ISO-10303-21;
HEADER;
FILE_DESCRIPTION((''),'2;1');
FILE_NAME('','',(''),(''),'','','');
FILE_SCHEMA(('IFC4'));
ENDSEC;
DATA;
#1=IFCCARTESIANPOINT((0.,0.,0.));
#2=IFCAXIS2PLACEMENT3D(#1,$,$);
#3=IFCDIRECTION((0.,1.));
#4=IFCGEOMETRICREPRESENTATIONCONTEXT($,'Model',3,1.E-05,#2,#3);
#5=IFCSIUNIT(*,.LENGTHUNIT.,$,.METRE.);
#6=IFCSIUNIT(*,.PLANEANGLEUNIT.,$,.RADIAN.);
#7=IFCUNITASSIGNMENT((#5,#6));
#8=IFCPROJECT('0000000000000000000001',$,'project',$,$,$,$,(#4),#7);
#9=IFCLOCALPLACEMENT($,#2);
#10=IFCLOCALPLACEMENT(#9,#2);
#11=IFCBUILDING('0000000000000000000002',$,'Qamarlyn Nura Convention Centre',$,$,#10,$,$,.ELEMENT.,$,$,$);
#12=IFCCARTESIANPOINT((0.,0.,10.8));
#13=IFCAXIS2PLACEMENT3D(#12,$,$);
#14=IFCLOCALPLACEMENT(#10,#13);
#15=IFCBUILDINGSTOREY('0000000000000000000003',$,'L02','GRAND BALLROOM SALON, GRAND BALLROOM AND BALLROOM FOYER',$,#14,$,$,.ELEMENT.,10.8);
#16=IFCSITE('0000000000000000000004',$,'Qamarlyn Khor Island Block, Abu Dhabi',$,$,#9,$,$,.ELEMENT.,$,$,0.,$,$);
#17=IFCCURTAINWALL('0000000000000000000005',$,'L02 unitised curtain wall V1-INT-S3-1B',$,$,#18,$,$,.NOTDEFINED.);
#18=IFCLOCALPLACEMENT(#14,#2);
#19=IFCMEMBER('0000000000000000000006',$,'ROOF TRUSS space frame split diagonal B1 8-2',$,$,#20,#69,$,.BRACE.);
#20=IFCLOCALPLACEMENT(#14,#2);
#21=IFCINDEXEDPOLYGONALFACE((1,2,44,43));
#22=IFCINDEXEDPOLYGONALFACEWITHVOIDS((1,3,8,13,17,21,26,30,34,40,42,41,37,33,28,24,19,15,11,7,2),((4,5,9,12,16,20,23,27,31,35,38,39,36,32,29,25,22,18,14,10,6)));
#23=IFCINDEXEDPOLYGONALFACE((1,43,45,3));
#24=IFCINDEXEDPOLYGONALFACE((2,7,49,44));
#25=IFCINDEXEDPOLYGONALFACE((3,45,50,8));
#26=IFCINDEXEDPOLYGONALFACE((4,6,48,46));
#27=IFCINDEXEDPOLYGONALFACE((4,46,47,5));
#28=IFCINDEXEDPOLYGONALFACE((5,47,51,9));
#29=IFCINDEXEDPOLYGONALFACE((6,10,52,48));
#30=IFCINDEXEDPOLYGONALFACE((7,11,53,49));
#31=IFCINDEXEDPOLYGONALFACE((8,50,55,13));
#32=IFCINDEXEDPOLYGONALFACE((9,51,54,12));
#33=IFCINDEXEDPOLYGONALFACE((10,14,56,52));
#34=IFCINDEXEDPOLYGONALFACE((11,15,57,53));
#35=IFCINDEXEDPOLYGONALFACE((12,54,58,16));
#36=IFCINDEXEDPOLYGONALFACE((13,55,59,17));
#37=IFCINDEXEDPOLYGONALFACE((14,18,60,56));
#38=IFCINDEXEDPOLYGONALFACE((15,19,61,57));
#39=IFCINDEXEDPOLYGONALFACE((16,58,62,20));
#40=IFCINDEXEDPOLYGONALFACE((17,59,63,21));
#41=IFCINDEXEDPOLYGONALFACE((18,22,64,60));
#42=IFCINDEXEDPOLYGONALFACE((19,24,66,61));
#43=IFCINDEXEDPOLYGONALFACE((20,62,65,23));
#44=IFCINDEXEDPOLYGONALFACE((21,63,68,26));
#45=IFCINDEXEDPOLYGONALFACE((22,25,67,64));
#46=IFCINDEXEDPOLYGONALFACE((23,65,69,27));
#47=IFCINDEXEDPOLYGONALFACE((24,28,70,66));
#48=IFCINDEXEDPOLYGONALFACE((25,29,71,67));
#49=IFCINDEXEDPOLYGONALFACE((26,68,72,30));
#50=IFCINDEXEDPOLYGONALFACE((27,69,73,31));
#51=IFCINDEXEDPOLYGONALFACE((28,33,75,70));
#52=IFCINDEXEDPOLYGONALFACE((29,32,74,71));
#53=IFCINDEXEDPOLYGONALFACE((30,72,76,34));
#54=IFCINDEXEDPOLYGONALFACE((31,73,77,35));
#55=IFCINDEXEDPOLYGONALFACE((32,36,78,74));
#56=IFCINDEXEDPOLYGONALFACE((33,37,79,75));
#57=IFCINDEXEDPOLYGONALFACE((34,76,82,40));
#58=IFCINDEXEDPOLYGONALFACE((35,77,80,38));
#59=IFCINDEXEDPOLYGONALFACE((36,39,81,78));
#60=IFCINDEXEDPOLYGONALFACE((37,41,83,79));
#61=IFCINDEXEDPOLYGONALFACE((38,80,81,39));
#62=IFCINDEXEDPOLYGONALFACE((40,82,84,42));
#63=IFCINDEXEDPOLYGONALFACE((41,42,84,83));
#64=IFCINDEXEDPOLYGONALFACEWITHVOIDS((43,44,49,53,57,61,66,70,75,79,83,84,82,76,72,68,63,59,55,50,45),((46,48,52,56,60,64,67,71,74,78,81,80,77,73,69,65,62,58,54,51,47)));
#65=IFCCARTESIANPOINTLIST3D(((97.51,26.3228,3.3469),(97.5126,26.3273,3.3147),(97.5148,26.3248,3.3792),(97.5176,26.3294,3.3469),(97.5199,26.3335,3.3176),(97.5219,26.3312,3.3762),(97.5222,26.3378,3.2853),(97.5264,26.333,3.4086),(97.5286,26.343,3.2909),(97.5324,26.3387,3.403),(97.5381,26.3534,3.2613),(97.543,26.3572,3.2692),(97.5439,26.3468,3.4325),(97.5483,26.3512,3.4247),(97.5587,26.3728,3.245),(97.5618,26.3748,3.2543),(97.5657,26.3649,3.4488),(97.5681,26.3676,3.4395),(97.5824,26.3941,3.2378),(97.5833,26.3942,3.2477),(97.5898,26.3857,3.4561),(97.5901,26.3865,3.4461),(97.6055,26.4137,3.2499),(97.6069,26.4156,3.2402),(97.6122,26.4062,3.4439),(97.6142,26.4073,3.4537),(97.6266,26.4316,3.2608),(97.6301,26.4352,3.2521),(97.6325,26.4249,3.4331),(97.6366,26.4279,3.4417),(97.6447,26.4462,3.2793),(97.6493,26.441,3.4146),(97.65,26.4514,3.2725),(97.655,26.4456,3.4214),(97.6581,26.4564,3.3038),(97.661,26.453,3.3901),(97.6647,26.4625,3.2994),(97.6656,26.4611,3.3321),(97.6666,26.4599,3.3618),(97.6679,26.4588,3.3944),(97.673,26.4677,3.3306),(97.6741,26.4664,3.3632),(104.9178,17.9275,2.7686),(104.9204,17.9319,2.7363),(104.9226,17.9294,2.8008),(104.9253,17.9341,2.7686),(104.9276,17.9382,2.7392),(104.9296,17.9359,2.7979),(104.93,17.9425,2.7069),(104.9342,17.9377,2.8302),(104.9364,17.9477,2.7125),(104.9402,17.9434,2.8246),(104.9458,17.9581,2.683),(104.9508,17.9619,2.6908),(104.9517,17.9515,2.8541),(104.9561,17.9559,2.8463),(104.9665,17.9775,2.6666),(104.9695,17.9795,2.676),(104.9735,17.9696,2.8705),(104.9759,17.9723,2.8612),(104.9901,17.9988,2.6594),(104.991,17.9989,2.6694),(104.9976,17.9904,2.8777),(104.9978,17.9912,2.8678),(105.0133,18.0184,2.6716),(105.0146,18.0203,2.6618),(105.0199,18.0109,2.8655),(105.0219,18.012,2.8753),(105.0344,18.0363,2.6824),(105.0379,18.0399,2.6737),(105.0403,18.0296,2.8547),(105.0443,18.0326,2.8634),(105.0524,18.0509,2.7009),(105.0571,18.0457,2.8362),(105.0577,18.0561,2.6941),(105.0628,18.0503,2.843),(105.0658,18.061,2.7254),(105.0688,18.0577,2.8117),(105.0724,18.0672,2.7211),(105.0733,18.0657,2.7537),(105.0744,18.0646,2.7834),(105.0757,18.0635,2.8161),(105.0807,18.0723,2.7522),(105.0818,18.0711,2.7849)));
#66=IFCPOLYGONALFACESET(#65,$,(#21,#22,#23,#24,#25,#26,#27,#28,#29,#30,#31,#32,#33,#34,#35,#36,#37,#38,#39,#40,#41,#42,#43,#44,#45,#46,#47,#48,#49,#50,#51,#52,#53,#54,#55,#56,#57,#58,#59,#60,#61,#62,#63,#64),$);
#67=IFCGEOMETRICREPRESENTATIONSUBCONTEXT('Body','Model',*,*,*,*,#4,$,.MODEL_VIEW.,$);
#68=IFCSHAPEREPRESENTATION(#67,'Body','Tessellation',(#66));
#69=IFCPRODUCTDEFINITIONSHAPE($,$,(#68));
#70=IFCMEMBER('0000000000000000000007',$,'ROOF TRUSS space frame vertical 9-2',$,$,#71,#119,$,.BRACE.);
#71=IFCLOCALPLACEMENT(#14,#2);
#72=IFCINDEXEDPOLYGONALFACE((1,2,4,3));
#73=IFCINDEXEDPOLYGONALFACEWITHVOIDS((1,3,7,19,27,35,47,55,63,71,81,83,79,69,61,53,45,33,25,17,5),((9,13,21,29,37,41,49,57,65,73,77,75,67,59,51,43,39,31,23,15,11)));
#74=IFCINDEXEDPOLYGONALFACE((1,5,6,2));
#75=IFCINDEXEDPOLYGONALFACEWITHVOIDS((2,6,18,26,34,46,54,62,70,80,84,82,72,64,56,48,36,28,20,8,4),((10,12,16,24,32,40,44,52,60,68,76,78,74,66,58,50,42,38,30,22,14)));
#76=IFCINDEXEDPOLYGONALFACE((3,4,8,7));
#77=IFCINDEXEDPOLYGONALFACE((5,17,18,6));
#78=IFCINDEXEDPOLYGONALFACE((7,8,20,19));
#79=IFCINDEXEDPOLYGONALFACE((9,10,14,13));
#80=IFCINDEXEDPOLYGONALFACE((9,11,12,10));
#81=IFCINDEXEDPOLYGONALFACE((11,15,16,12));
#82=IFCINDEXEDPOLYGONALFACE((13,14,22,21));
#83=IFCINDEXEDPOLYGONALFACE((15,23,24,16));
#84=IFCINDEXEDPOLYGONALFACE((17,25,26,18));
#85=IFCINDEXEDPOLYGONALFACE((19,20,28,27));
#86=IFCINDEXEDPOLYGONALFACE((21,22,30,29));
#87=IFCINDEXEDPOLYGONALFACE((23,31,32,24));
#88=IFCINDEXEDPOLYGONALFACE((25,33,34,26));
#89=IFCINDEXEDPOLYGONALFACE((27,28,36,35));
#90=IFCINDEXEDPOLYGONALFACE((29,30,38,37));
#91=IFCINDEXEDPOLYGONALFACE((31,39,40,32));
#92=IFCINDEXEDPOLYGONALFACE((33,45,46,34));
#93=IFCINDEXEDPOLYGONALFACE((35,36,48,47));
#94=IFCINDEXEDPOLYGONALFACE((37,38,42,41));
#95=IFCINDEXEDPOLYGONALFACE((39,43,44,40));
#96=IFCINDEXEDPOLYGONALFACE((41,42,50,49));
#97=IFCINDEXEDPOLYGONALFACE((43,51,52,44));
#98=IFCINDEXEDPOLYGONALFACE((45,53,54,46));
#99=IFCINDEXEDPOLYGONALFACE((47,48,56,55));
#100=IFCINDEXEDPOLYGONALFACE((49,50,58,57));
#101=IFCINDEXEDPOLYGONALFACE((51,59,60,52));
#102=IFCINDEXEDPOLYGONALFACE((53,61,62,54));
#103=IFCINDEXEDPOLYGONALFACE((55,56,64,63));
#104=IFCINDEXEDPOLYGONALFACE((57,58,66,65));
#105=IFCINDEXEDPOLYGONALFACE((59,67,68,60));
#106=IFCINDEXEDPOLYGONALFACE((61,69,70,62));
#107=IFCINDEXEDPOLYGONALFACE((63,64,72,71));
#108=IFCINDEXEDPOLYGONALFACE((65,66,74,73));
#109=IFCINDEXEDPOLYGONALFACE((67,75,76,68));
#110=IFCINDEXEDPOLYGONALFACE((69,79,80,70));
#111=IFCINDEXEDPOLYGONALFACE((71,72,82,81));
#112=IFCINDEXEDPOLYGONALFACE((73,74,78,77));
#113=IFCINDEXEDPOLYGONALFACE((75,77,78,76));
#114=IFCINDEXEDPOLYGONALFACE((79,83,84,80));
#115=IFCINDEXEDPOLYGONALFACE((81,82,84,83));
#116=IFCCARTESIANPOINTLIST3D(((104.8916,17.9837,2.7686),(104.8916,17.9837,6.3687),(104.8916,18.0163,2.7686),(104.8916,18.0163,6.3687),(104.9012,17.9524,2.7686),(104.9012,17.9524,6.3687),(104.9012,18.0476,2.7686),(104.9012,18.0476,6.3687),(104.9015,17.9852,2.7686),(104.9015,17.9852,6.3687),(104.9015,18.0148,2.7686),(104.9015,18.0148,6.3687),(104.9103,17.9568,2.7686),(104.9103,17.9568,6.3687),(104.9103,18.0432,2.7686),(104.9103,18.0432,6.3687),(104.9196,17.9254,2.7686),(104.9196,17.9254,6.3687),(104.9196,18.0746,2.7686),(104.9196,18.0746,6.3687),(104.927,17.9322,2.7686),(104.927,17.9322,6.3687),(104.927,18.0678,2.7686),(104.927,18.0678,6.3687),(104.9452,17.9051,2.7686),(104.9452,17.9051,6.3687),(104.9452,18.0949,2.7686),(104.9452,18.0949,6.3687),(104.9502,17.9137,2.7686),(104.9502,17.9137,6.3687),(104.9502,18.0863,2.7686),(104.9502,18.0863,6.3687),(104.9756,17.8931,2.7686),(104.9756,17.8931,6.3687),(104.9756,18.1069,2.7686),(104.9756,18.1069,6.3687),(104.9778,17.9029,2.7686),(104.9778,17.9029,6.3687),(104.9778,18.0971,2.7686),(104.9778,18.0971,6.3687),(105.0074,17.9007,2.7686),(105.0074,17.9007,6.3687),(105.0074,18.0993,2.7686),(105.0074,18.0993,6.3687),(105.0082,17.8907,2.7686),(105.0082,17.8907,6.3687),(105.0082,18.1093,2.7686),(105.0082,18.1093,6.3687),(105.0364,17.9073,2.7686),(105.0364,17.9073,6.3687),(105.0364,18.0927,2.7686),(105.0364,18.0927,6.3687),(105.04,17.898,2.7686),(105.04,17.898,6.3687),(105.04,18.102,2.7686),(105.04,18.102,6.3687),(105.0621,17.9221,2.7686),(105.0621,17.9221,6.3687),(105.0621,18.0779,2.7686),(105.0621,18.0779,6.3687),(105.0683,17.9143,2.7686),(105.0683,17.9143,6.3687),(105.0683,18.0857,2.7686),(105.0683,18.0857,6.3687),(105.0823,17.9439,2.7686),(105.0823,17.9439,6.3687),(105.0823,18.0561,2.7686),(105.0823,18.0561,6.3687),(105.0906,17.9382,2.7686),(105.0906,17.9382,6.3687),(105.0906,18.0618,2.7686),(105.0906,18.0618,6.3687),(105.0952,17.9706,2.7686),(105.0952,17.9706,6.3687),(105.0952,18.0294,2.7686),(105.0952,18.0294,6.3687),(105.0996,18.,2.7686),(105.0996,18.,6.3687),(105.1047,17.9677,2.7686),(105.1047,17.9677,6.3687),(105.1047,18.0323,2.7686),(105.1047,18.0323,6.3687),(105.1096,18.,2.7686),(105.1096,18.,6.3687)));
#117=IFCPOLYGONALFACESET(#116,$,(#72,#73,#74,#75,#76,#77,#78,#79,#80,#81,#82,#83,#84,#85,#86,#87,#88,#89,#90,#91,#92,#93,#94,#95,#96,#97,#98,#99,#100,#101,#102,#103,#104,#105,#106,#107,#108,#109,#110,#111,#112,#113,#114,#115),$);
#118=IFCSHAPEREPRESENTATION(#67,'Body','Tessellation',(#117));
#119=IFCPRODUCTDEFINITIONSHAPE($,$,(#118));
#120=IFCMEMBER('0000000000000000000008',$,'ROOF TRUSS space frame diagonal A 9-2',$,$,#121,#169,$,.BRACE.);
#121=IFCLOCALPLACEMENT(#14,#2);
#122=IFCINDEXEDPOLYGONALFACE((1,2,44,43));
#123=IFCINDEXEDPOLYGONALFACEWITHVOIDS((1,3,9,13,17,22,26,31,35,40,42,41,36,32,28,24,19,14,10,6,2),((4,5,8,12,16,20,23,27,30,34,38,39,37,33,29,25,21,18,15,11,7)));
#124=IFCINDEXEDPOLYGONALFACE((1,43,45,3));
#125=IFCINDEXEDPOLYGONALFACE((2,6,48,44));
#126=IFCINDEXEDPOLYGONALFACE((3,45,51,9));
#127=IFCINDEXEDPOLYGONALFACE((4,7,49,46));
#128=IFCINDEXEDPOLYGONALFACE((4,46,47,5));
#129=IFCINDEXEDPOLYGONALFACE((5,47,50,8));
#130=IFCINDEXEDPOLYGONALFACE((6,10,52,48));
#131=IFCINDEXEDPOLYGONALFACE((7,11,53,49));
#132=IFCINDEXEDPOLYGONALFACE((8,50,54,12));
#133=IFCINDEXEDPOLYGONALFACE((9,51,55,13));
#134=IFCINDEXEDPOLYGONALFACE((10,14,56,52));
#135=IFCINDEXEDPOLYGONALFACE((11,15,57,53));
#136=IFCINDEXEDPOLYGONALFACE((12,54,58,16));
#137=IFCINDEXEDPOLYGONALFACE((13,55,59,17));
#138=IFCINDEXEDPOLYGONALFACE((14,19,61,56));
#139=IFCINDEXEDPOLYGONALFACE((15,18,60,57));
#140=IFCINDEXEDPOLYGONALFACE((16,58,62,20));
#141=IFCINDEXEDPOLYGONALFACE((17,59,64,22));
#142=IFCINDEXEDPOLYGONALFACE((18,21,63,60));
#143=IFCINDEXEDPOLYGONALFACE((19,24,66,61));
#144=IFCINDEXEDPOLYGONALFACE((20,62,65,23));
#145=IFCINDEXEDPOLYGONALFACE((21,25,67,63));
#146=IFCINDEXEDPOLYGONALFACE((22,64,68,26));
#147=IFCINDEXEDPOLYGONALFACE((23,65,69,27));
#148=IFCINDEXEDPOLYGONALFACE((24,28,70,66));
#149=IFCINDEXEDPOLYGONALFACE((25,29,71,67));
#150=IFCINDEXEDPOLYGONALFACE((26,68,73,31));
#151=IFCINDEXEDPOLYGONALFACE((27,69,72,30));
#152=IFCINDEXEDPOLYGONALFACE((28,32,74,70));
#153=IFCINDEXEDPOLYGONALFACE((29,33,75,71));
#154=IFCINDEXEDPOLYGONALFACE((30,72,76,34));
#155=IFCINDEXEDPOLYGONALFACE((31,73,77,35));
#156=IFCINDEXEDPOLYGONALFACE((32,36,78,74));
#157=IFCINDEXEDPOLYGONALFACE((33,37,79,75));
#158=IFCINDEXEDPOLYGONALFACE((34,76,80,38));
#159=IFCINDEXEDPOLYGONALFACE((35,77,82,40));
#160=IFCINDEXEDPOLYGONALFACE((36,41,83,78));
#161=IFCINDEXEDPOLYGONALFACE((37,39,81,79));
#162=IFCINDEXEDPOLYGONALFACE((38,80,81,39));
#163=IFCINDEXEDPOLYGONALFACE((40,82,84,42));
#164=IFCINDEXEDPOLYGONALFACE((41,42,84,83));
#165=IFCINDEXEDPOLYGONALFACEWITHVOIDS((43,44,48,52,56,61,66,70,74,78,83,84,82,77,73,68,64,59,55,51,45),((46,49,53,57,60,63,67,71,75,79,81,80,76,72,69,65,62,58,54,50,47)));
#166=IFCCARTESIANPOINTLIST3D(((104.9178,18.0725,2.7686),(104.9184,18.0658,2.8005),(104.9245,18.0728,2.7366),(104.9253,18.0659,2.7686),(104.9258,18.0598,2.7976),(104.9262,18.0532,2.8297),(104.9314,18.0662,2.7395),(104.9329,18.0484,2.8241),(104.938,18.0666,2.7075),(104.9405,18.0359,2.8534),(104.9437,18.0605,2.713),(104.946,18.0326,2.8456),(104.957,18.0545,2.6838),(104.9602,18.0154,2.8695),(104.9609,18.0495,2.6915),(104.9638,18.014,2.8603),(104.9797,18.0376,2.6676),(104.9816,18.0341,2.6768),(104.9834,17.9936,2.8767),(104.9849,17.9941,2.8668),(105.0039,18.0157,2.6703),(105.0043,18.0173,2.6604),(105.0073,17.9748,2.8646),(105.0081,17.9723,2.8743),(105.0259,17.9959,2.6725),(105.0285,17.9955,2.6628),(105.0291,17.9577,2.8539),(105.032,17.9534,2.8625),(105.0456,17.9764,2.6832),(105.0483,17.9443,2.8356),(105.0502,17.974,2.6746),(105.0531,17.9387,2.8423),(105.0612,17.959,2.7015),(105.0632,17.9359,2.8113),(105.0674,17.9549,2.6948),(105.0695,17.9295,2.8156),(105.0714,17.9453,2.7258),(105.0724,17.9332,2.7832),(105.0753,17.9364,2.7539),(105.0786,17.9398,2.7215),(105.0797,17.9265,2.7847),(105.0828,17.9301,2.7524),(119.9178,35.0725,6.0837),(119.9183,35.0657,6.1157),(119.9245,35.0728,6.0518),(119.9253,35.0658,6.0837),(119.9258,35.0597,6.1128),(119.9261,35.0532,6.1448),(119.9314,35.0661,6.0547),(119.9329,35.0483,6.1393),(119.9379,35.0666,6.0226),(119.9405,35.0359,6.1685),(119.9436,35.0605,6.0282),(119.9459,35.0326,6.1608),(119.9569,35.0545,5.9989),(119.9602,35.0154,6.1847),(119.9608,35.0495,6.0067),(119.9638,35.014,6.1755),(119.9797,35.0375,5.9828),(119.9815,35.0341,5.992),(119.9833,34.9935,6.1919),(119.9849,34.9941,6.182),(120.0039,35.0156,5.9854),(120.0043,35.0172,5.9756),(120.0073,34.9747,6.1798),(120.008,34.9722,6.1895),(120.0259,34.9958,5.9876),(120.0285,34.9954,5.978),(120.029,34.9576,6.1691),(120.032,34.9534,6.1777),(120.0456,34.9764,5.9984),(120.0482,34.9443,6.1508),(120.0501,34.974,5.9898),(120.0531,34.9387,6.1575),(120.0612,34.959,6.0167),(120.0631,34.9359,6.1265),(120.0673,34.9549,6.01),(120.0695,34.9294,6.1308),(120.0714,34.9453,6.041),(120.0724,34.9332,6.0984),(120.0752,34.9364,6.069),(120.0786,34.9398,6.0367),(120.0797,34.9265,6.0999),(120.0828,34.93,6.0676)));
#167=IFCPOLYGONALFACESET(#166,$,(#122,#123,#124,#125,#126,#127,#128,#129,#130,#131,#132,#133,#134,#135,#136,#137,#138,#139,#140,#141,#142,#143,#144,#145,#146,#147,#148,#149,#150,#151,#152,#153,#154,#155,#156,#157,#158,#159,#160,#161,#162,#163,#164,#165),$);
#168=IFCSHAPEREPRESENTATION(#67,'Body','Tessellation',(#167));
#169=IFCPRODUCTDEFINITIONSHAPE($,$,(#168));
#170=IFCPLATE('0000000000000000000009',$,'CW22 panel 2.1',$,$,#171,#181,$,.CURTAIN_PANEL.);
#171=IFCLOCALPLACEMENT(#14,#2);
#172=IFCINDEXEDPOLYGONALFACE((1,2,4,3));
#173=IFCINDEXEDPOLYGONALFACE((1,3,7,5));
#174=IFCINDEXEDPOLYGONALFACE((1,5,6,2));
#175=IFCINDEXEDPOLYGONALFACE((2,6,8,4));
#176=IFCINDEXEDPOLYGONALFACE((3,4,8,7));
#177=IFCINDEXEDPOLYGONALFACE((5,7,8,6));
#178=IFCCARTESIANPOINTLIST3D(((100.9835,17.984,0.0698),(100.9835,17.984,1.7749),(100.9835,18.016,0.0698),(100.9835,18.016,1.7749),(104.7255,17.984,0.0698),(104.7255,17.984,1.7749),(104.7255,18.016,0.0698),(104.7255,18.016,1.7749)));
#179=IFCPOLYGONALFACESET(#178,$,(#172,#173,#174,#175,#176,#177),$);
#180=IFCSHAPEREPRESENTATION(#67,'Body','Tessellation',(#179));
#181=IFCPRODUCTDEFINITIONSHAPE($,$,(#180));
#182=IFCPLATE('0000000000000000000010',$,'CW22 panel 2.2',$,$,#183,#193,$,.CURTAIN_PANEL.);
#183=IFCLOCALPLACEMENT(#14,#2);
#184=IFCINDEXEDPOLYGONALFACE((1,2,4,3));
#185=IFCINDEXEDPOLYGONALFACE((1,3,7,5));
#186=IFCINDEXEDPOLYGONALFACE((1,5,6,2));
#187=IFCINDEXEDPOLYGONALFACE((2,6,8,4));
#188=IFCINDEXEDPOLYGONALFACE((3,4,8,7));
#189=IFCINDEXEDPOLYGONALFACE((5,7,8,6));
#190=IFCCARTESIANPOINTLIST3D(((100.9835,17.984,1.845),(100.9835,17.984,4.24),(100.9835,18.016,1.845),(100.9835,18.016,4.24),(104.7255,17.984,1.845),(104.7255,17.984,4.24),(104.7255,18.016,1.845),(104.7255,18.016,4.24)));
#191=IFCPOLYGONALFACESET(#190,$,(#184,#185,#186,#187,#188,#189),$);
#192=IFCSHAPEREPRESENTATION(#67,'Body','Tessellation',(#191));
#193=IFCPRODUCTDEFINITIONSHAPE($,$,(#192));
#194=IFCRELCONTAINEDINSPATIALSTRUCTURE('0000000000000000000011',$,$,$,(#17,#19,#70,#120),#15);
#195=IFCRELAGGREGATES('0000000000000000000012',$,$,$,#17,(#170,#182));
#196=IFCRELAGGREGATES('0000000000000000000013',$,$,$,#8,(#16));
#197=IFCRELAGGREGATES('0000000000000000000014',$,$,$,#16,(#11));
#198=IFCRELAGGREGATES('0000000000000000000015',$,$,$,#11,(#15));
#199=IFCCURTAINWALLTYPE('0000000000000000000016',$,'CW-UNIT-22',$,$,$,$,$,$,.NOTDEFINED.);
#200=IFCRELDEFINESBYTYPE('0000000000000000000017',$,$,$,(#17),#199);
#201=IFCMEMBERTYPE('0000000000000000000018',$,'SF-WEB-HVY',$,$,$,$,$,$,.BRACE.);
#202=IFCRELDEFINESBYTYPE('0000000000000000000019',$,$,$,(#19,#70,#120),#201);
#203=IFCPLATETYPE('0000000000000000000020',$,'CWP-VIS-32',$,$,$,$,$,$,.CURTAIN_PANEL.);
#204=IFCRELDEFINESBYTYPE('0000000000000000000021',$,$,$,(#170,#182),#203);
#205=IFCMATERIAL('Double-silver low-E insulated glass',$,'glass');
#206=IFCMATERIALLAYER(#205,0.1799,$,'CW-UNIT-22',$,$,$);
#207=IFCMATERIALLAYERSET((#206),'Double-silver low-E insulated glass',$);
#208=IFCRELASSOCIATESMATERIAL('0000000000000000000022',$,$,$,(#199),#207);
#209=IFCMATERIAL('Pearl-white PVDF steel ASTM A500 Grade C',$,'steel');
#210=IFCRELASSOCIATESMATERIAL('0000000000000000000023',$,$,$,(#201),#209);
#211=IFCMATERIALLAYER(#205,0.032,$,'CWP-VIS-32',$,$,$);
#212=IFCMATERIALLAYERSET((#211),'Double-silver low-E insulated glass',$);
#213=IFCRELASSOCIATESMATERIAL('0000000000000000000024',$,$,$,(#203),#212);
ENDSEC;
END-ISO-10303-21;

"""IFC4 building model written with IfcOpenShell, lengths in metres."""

from ifc_helpers import new_model, si_unit, direction, frame, origin, origin_2d, place, context, subcontext, project, spatial, rectangle, hollow_circle, extrude, material, layer, layer_set, material_profile, profile_set, type_object, element, aggregate, save


model = new_model("IFC4")

# Units and contexts
model_context = context("Model", 3, precision=1e-05, world=origin(), true_north=direction((0.0, 1.0)))
body_context = subcontext(model_context, "Body", "Model", "MODEL_VIEW")
ifc_project = project(units=[si_unit("LENGTHUNIT", "METRE"), si_unit("PLANEANGLEUNIT", "RADIAN")], contexts=[model_context])

# Site, building, storey
site_placement = place(None, origin())
site = spatial("IfcSite", under=ifc_project, at=site_placement, Name="Qamarlyn Khor Island Block, Abu Dhabi", CompositionType="ELEMENT", RefElevation=0.0)
building_placement = place(site_placement, origin())
building = spatial("IfcBuilding", under=site, at=building_placement, Name="Qamarlyn Nura Convention Centre", CompositionType="ELEMENT")
storey_placement = place(building_placement, frame((0.0, 0.0, 10.8)))
storey = spatial("IfcBuildingStorey", under=building, at=storey_placement, Name="L02", Description="GRAND BALLROOM SALON, GRAND BALLROOM AND BALLROOM FOYER", CompositionType="ELEMENT", Elevation=10.8)

# Shared definitions
ifc_material_1 = material(Name="Double-silver low-E insulated glass", Category="glass")

# Curtain wall
ifc_layer_1 = layer(ifc_material_1, 0.1799, Name="CW-UNIT-22")
ifc_layer_set_1 = layer_set([ifc_layer_1], Name="Double-silver low-E insulated glass")
curtain_wall_type_1 = type_object("IfcCurtainWallType", Name="CW-UNIT-22", PredefinedType="NOTDEFINED", material=ifc_layer_set_1)
curtain_wall_1_placement = place(storey_placement, origin())
curtain_wall_1 = element("IfcCurtainWall", 1, at=curtain_wall_1_placement, inside=storey, type_object=curtain_wall_type_1, Name="L02 unitised curtain wall V1-INT-S3-1B", PredefinedType="NOTDEFINED")

# Members
ifc_material_2 = material(Name="Pearl-white PVDF steel ASTM A500 Grade C", Category="steel")
ifc_material_profile_1 = material_profile(ifc_material_2, hollow_circle(Radius=0.1096, WallThickness=0.01, at=origin_2d()), Name="CHS219.1X10")
ifc_profile_set_1 = profile_set([ifc_material_profile_1], Name="Pearl-white PVDF steel ASTM A500 Grade C")
member_type_1 = type_object("IfcMemberType", Name="SF-WEB-HVY", PredefinedType="BRACE", material=ifc_profile_set_1)
member_1_placement = place(storey_placement, frame((105.0, 18.0, 2.7686), z_axis=(-0.660747, 0.748834, 0.051589), x_axis=(-0.749832, -0.661628, 0.0)))
element("IfcMember", 2, at=member_1_placement, inside=storey, type_object=member_type_1, Name="ROOF TRUSS space frame split diagonal B1 8-2", PredefinedType="BRACE", context=body_context, shape_type="SweptSolid", body=[
    extrude(hollow_circle(Radius=0.1096, WallThickness=0.01, at=origin_2d()), origin(), (0.0, 0.0, 1.0), 11.2112),
])
member_2_placement = place(storey_placement, frame((105.0, 18.0, 2.7686), z_axis=(0.0, 0.0, 1.0), x_axis=(1.0, 0.0, 0.0)))
element("IfcMember", 3, at=member_2_placement, inside=storey, type_object=member_type_1, Name="ROOF TRUSS space frame vertical 9-2", PredefinedType="BRACE", context=body_context, shape_type="SweptSolid", body=[
    extrude(hollow_circle(Radius=0.1096, WallThickness=0.01, at=origin_2d()), origin(), (0.0, 0.0, 1.0), 3.6001),
])
member_3_placement = place(storey_placement, frame((105.0, 18.0, 2.7686), z_axis=(0.65466, 0.741948, 0.144688), x_axis=(-0.749838, 0.661622, 0.0)))
element("IfcMember", 4, at=member_3_placement, inside=storey, type_object=member_type_1, Name="ROOF TRUSS space frame diagonal A 9-2", PredefinedType="BRACE", context=body_context, shape_type="SweptSolid", body=[
    extrude(hollow_circle(Radius=0.1096, WallThickness=0.01, at=origin_2d()), origin(), (0.0, 0.0, 1.0), 22.9126),
])

# Plates
ifc_layer_2 = layer(ifc_material_1, 0.032, Name="CWP-VIS-32")
ifc_layer_set_2 = layer_set([ifc_layer_2], Name="Double-silver low-E insulated glass")
plate_type = type_object("IfcPlateType", Name="CWP-VIS-32", PredefinedType="CURTAIN_PANEL", material=ifc_layer_set_2)
plate_1_placement = place(storey_placement, frame((102.8545, 18.0, 0.0698), z_axis=(0.0, 0.0, 1.0), x_axis=(1.0, 0.0, 0.0)))
plate_1 = element("IfcPlate", 5, at=plate_1_placement, type_object=plate_type, Name="CW22 panel 2.1", PredefinedType="CURTAIN_PANEL", context=body_context, shape_type="SweptSolid", body=[
    extrude(rectangle(XDim=3.7419, YDim=0.032, at=origin_2d()), origin(), (0.0, 0.0, 1.0), 1.7051),
])
plate_2_placement = place(storey_placement, frame((102.8545, 18.0, 1.845), z_axis=(0.0, 0.0, 1.0), x_axis=(1.0, 0.0, 0.0)))
plate_2 = element("IfcPlate", 6, at=plate_2_placement, type_object=plate_type, Name="CW22 panel 2.2", PredefinedType="CURTAIN_PANEL", context=body_context, shape_type="SweptSolid", body=[
    extrude(rectangle(XDim=3.7419, YDim=0.032, at=origin_2d()), origin(), (0.0, 0.0, 1.0), 2.395),
])
aggregate(curtain_wall_1, [plate_1, plate_2])

save(model, "model.ifc")
